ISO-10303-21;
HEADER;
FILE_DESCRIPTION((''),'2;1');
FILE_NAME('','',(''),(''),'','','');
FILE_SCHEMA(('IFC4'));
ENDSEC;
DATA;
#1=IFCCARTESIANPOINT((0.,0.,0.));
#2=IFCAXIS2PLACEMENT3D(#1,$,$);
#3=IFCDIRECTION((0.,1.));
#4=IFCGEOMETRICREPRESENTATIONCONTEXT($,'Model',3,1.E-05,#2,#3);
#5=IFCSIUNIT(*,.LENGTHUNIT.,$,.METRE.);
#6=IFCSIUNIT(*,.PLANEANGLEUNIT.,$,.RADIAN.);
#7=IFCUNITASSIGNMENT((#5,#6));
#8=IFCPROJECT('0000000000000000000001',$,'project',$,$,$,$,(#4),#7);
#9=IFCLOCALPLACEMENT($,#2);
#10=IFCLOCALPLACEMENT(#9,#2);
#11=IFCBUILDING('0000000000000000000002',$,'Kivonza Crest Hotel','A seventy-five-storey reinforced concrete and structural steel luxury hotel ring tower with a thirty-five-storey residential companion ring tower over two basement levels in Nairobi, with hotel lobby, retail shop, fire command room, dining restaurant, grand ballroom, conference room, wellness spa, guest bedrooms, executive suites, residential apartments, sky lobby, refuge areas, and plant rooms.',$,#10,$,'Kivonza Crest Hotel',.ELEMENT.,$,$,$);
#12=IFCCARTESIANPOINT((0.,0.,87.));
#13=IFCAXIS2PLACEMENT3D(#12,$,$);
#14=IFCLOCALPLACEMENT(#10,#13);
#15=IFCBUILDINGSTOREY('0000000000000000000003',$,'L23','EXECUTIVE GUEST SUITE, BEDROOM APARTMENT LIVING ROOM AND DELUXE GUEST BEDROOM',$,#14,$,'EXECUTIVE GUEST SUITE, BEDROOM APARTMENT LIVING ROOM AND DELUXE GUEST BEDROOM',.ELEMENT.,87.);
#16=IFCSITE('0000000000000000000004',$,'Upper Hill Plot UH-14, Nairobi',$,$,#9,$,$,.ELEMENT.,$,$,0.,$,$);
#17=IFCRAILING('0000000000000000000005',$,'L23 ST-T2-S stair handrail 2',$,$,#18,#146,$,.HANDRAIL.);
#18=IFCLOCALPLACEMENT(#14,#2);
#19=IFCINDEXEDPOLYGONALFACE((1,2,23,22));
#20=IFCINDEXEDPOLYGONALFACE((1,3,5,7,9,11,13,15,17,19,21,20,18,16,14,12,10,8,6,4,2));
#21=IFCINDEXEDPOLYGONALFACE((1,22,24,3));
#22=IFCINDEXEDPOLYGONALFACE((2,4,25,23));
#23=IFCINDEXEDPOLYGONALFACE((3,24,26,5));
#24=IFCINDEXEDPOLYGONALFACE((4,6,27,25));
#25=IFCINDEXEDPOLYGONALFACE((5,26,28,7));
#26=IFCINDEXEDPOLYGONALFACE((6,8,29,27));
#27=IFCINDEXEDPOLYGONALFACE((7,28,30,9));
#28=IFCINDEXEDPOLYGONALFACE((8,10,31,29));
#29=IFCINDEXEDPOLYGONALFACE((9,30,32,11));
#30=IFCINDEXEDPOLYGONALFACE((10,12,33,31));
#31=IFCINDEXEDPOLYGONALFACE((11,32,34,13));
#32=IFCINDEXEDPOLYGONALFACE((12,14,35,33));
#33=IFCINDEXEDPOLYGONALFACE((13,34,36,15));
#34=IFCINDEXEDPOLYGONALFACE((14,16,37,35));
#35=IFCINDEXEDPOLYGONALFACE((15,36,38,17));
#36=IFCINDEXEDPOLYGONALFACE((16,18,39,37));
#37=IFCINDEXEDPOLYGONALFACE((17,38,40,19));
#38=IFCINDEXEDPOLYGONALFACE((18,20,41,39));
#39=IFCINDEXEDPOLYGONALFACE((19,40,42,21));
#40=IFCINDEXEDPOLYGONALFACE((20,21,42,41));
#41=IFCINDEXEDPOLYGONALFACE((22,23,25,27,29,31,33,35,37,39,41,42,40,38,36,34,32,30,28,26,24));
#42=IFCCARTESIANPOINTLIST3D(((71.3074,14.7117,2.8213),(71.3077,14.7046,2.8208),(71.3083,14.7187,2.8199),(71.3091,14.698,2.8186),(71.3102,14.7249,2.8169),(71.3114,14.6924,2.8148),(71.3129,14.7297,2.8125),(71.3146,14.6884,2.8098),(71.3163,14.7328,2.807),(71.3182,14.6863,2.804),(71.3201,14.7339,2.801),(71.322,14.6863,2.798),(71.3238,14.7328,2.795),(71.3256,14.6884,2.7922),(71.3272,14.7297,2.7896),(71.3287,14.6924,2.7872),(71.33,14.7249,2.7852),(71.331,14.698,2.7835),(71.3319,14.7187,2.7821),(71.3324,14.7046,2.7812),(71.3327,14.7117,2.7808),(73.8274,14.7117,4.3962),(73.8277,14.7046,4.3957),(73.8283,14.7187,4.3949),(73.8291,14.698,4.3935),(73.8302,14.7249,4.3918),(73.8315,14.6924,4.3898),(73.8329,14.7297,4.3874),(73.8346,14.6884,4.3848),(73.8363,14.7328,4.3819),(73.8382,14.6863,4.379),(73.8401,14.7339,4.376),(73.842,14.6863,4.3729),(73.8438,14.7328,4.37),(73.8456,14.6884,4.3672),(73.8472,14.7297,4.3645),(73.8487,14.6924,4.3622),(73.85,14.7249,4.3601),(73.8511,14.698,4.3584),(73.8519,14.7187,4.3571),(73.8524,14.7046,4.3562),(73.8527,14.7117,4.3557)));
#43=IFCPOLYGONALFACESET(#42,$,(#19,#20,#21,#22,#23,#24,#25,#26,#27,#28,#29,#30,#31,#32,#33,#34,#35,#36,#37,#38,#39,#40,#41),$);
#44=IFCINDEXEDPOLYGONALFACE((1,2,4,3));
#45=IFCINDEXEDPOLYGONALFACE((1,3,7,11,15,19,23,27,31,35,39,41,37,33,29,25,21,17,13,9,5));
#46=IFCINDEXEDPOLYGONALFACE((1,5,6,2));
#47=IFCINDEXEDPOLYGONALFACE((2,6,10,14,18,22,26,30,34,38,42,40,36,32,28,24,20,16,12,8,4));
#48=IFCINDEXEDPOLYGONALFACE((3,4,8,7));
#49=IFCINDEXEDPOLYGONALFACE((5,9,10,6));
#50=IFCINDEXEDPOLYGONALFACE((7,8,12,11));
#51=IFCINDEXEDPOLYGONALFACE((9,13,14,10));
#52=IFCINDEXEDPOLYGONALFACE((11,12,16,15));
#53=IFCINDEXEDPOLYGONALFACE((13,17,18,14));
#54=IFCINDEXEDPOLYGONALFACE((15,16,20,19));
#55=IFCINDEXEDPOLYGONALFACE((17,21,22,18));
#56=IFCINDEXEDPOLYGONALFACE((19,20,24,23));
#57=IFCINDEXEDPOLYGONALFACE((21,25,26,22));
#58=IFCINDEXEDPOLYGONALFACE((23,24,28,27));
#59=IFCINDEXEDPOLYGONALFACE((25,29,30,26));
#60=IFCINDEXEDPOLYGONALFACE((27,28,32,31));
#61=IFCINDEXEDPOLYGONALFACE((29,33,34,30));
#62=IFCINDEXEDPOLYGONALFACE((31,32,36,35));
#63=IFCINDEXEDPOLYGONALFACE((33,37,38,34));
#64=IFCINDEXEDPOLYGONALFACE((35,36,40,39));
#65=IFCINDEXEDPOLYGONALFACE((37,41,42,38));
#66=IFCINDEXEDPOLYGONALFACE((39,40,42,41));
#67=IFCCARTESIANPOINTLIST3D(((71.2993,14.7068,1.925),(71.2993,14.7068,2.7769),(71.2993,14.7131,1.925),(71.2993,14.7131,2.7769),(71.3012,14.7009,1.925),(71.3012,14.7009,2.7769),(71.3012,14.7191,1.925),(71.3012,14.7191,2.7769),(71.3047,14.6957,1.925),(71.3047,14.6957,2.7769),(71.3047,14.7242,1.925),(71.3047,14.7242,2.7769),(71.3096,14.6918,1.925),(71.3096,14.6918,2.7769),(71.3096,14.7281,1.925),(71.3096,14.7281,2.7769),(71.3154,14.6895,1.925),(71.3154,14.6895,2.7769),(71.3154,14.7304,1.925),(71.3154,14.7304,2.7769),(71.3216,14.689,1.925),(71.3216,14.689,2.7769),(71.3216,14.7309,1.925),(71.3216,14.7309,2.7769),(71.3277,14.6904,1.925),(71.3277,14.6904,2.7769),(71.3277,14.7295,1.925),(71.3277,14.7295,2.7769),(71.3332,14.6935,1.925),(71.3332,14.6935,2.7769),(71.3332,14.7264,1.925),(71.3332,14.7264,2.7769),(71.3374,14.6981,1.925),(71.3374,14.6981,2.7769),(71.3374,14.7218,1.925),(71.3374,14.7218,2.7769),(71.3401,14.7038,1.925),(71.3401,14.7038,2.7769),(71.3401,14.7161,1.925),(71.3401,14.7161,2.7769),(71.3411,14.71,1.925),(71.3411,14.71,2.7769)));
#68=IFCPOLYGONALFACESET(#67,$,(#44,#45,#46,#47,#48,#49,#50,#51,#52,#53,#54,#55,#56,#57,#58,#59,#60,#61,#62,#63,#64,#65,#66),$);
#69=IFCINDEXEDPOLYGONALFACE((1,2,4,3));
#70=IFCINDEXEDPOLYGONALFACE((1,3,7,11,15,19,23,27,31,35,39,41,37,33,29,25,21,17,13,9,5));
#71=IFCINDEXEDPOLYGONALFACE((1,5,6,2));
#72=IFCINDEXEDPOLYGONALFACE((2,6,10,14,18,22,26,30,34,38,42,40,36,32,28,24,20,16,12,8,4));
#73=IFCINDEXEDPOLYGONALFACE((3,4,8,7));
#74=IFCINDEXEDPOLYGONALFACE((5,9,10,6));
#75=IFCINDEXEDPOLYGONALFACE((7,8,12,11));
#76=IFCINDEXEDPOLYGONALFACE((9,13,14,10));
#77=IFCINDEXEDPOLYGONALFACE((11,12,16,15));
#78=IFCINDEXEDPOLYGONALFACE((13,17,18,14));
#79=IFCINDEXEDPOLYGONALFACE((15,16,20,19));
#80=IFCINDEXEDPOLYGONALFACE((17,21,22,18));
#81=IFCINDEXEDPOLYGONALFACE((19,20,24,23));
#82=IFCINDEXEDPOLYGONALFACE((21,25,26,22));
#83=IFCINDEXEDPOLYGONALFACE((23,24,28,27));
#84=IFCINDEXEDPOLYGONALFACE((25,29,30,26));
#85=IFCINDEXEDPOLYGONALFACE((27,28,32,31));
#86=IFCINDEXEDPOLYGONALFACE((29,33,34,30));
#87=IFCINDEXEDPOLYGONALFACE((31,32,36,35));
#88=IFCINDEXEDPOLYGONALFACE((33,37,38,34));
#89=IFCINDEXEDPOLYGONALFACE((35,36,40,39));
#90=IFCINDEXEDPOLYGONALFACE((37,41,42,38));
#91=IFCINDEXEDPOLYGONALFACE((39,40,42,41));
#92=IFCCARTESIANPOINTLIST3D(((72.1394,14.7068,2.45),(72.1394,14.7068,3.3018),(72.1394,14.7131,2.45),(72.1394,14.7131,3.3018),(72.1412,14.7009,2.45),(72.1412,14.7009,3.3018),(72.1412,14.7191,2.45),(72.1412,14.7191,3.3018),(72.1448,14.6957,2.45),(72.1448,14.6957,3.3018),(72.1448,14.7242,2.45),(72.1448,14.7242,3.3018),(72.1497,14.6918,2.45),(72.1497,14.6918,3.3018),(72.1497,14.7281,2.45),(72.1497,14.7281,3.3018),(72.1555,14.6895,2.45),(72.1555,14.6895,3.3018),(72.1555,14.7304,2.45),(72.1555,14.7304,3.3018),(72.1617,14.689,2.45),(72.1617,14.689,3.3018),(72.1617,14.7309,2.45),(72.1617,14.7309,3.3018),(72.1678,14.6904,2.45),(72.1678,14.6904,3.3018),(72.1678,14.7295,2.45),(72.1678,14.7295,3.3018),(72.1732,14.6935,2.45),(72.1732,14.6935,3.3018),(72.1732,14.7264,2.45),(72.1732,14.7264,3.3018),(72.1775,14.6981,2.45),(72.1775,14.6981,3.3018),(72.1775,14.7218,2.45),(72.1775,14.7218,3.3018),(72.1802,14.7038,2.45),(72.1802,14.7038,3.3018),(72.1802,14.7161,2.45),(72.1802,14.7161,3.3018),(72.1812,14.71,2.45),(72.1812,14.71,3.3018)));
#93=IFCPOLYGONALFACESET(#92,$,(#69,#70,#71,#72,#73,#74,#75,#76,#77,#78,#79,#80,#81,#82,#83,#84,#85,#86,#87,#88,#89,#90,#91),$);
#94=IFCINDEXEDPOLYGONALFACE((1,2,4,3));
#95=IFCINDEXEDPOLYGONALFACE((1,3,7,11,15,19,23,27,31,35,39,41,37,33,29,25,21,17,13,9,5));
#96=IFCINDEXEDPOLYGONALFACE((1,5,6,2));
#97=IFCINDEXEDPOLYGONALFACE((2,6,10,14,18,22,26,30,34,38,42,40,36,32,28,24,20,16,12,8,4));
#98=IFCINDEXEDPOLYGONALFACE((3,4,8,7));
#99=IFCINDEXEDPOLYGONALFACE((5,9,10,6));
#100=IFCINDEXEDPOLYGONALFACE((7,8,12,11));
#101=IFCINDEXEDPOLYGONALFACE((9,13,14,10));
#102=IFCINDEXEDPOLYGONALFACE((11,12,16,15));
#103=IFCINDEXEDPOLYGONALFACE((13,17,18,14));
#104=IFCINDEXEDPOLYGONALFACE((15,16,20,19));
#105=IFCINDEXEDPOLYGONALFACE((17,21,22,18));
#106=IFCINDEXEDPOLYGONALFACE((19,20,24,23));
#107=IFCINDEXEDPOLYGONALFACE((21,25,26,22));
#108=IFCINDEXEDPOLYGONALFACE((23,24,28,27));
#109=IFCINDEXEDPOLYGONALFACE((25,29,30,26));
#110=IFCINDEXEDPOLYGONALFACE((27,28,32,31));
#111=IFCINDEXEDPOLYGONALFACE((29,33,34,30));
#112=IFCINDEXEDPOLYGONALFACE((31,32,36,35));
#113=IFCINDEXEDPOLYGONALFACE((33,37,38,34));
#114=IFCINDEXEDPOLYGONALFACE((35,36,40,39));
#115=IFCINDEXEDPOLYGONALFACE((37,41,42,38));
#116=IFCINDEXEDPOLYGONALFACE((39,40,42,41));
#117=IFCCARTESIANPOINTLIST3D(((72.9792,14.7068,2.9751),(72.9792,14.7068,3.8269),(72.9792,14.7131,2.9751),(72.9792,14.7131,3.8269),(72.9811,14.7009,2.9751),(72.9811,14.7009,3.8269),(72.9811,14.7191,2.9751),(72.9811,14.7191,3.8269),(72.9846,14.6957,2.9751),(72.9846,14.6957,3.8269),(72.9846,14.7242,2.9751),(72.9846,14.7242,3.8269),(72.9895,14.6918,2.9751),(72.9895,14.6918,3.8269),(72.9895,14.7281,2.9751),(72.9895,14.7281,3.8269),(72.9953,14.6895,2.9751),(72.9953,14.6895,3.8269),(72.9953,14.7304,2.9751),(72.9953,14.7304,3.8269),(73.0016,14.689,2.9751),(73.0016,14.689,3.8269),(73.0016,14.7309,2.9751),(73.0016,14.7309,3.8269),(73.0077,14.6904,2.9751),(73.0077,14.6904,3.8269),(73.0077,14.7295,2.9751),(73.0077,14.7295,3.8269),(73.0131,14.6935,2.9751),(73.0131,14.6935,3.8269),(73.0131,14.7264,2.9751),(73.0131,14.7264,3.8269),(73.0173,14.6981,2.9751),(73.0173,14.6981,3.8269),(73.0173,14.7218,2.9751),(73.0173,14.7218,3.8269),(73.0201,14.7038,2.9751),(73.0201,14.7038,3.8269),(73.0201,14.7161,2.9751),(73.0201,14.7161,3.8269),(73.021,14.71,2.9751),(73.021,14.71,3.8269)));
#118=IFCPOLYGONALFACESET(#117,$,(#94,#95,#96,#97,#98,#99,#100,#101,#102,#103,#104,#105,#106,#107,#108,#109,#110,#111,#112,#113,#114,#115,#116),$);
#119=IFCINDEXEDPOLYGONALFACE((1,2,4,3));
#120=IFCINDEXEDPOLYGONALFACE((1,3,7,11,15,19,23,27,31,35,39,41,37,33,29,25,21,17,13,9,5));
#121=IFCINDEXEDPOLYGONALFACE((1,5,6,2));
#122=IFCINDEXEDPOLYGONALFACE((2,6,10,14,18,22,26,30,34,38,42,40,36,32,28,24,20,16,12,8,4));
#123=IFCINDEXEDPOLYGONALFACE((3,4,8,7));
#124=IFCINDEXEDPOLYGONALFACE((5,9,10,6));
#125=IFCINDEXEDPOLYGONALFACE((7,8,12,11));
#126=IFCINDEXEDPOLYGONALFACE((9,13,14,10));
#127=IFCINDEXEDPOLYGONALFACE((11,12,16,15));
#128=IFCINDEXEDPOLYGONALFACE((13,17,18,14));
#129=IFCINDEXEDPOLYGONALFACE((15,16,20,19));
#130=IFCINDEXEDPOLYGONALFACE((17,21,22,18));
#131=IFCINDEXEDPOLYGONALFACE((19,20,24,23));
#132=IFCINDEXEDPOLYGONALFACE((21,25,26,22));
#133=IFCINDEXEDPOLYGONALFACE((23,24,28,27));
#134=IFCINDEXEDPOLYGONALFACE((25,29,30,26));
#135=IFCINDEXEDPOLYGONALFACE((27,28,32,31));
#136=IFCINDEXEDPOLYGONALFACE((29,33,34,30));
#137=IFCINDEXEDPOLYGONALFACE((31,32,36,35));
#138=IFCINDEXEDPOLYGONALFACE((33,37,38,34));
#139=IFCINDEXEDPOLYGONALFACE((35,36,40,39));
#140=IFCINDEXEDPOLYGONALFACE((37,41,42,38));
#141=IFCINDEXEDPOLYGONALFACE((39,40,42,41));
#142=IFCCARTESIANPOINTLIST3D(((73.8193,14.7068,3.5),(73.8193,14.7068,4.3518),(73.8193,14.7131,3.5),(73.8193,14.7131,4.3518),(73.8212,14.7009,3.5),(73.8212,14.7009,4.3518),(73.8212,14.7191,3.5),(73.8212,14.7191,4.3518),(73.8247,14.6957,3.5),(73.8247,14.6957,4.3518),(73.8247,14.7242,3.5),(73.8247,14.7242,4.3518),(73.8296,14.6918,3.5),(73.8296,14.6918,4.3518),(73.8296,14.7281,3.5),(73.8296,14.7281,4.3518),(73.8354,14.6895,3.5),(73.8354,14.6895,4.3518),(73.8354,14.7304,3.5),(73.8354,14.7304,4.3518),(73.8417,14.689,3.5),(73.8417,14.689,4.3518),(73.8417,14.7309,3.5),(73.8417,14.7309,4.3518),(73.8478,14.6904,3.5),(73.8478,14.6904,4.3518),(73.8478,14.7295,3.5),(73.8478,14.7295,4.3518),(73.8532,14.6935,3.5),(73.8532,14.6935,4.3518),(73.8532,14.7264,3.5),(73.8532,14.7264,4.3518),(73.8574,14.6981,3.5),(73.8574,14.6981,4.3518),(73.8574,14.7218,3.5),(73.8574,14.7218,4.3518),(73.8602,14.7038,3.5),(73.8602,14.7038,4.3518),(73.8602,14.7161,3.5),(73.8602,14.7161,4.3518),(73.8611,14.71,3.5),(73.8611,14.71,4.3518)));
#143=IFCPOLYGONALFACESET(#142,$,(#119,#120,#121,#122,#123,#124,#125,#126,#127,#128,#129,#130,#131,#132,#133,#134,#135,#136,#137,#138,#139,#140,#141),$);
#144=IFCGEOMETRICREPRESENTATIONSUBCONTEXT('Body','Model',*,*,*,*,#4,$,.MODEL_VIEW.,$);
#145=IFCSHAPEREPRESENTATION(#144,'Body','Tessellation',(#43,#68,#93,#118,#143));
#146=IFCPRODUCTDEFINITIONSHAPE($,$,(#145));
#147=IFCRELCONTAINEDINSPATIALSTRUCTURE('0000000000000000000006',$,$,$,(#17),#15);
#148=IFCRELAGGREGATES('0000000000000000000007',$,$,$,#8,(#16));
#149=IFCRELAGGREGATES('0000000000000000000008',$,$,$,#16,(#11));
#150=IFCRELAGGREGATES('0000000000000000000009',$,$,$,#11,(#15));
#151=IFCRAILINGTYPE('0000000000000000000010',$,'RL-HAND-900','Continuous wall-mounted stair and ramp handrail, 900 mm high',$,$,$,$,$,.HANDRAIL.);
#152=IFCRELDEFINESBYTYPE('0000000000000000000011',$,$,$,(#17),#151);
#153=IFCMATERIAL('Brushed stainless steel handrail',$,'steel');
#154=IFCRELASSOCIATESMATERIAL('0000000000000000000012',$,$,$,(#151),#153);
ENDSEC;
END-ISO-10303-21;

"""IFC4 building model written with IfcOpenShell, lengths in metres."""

from ifc_helpers import new_model, si_unit, direction, frame, origin, origin_2d, place, context, subcontext, project, spatial, circle, extrude, material, type_object, element, save


model = new_model("IFC4")

# Units and contexts
model_context = context("Model", 3, precision=1e-05, world=origin(), true_north=direction((0.0, 1.0)))
body_context = subcontext(model_context, "Body", "Model", "MODEL_VIEW")
ifc_project = project(units=[si_unit("LENGTHUNIT", "METRE"), si_unit("PLANEANGLEUNIT", "RADIAN")], contexts=[model_context])

# Site, building, storey
site_placement = place(None, origin())
site = spatial("IfcSite", under=ifc_project, at=site_placement, Name="Upper Hill Plot UH-14, Nairobi", CompositionType="ELEMENT", RefElevation=0.0)
building_placement = place(site_placement, origin())
building = spatial("IfcBuilding", under=site, at=building_placement, Name="Kivonza Crest Hotel", Description="A seventy-five-storey reinforced concrete and structural steel luxury hotel ring tower with a thirty-five-storey residential companion ring tower over two basement levels in Nairobi, with hotel lobby, retail shop, fire command room, dining restaurant, grand ballroom, conference room, wellness spa, guest bedrooms, executive suites, residential apartments, sky lobby, refuge areas, and plant rooms.", LongName="Kivonza Crest Hotel", CompositionType="ELEMENT")
storey_placement = place(building_placement, frame((0.0, 0.0, 87.0)))
storey = spatial("IfcBuildingStorey", under=building, at=storey_placement, Name="L23", Description="EXECUTIVE GUEST SUITE, BEDROOM APARTMENT LIVING ROOM AND DELUXE GUEST BEDROOM", LongName="EXECUTIVE GUEST SUITE, BEDROOM APARTMENT LIVING ROOM AND DELUXE GUEST BEDROOM", CompositionType="ELEMENT", Elevation=87.0)

# Railing
ifc_material_1 = material(Name="Brushed stainless steel handrail", Category="steel")
railing_type = type_object("IfcRailingType", Name="RL-HAND-900", Description="Continuous wall-mounted stair and ramp handrail, 900 mm high", PredefinedType="HANDRAIL", material=ifc_material_1)
railing_placement = place(storey_placement, frame((71.3201, 14.71, 1.925)))
element("IfcRailing", 1, at=railing_placement, inside=storey, type_object=railing_type, Name="L23 ST-T2-S stair handrail 2", PredefinedType="HANDRAIL", context=body_context, shape_type="SweptSolid", body=[
    extrude(circle(Radius=0.0239, at=origin_2d()), frame((0.0, 0.0, 0.876), z_axis=(0.848008, 0.0, 0.529984), x_axis=(0.0, 1.0, 0.0)), (0.0, 0.0, 1.0), 2.9717),
    extrude(circle(Radius=0.021, at=origin_2d()), origin(), (0.0, 0.0, 1.0), 0.8518),
    extrude(circle(Radius=0.021, at=origin_2d()), frame((0.8401, 0.0, 0.5249)), (0.0, 0.0, 1.0), 0.8518),
    extrude(circle(Radius=0.021, at=origin_2d()), frame((1.6799, 0.0, 1.05)), (0.0, 0.0, 1.0), 0.8518),
    extrude(circle(Radius=0.021, at=origin_2d()), frame((2.52, 0.0, 1.575)), (0.0, 0.0, 1.0), 0.8518),
])

save(model, "model.ifc")
